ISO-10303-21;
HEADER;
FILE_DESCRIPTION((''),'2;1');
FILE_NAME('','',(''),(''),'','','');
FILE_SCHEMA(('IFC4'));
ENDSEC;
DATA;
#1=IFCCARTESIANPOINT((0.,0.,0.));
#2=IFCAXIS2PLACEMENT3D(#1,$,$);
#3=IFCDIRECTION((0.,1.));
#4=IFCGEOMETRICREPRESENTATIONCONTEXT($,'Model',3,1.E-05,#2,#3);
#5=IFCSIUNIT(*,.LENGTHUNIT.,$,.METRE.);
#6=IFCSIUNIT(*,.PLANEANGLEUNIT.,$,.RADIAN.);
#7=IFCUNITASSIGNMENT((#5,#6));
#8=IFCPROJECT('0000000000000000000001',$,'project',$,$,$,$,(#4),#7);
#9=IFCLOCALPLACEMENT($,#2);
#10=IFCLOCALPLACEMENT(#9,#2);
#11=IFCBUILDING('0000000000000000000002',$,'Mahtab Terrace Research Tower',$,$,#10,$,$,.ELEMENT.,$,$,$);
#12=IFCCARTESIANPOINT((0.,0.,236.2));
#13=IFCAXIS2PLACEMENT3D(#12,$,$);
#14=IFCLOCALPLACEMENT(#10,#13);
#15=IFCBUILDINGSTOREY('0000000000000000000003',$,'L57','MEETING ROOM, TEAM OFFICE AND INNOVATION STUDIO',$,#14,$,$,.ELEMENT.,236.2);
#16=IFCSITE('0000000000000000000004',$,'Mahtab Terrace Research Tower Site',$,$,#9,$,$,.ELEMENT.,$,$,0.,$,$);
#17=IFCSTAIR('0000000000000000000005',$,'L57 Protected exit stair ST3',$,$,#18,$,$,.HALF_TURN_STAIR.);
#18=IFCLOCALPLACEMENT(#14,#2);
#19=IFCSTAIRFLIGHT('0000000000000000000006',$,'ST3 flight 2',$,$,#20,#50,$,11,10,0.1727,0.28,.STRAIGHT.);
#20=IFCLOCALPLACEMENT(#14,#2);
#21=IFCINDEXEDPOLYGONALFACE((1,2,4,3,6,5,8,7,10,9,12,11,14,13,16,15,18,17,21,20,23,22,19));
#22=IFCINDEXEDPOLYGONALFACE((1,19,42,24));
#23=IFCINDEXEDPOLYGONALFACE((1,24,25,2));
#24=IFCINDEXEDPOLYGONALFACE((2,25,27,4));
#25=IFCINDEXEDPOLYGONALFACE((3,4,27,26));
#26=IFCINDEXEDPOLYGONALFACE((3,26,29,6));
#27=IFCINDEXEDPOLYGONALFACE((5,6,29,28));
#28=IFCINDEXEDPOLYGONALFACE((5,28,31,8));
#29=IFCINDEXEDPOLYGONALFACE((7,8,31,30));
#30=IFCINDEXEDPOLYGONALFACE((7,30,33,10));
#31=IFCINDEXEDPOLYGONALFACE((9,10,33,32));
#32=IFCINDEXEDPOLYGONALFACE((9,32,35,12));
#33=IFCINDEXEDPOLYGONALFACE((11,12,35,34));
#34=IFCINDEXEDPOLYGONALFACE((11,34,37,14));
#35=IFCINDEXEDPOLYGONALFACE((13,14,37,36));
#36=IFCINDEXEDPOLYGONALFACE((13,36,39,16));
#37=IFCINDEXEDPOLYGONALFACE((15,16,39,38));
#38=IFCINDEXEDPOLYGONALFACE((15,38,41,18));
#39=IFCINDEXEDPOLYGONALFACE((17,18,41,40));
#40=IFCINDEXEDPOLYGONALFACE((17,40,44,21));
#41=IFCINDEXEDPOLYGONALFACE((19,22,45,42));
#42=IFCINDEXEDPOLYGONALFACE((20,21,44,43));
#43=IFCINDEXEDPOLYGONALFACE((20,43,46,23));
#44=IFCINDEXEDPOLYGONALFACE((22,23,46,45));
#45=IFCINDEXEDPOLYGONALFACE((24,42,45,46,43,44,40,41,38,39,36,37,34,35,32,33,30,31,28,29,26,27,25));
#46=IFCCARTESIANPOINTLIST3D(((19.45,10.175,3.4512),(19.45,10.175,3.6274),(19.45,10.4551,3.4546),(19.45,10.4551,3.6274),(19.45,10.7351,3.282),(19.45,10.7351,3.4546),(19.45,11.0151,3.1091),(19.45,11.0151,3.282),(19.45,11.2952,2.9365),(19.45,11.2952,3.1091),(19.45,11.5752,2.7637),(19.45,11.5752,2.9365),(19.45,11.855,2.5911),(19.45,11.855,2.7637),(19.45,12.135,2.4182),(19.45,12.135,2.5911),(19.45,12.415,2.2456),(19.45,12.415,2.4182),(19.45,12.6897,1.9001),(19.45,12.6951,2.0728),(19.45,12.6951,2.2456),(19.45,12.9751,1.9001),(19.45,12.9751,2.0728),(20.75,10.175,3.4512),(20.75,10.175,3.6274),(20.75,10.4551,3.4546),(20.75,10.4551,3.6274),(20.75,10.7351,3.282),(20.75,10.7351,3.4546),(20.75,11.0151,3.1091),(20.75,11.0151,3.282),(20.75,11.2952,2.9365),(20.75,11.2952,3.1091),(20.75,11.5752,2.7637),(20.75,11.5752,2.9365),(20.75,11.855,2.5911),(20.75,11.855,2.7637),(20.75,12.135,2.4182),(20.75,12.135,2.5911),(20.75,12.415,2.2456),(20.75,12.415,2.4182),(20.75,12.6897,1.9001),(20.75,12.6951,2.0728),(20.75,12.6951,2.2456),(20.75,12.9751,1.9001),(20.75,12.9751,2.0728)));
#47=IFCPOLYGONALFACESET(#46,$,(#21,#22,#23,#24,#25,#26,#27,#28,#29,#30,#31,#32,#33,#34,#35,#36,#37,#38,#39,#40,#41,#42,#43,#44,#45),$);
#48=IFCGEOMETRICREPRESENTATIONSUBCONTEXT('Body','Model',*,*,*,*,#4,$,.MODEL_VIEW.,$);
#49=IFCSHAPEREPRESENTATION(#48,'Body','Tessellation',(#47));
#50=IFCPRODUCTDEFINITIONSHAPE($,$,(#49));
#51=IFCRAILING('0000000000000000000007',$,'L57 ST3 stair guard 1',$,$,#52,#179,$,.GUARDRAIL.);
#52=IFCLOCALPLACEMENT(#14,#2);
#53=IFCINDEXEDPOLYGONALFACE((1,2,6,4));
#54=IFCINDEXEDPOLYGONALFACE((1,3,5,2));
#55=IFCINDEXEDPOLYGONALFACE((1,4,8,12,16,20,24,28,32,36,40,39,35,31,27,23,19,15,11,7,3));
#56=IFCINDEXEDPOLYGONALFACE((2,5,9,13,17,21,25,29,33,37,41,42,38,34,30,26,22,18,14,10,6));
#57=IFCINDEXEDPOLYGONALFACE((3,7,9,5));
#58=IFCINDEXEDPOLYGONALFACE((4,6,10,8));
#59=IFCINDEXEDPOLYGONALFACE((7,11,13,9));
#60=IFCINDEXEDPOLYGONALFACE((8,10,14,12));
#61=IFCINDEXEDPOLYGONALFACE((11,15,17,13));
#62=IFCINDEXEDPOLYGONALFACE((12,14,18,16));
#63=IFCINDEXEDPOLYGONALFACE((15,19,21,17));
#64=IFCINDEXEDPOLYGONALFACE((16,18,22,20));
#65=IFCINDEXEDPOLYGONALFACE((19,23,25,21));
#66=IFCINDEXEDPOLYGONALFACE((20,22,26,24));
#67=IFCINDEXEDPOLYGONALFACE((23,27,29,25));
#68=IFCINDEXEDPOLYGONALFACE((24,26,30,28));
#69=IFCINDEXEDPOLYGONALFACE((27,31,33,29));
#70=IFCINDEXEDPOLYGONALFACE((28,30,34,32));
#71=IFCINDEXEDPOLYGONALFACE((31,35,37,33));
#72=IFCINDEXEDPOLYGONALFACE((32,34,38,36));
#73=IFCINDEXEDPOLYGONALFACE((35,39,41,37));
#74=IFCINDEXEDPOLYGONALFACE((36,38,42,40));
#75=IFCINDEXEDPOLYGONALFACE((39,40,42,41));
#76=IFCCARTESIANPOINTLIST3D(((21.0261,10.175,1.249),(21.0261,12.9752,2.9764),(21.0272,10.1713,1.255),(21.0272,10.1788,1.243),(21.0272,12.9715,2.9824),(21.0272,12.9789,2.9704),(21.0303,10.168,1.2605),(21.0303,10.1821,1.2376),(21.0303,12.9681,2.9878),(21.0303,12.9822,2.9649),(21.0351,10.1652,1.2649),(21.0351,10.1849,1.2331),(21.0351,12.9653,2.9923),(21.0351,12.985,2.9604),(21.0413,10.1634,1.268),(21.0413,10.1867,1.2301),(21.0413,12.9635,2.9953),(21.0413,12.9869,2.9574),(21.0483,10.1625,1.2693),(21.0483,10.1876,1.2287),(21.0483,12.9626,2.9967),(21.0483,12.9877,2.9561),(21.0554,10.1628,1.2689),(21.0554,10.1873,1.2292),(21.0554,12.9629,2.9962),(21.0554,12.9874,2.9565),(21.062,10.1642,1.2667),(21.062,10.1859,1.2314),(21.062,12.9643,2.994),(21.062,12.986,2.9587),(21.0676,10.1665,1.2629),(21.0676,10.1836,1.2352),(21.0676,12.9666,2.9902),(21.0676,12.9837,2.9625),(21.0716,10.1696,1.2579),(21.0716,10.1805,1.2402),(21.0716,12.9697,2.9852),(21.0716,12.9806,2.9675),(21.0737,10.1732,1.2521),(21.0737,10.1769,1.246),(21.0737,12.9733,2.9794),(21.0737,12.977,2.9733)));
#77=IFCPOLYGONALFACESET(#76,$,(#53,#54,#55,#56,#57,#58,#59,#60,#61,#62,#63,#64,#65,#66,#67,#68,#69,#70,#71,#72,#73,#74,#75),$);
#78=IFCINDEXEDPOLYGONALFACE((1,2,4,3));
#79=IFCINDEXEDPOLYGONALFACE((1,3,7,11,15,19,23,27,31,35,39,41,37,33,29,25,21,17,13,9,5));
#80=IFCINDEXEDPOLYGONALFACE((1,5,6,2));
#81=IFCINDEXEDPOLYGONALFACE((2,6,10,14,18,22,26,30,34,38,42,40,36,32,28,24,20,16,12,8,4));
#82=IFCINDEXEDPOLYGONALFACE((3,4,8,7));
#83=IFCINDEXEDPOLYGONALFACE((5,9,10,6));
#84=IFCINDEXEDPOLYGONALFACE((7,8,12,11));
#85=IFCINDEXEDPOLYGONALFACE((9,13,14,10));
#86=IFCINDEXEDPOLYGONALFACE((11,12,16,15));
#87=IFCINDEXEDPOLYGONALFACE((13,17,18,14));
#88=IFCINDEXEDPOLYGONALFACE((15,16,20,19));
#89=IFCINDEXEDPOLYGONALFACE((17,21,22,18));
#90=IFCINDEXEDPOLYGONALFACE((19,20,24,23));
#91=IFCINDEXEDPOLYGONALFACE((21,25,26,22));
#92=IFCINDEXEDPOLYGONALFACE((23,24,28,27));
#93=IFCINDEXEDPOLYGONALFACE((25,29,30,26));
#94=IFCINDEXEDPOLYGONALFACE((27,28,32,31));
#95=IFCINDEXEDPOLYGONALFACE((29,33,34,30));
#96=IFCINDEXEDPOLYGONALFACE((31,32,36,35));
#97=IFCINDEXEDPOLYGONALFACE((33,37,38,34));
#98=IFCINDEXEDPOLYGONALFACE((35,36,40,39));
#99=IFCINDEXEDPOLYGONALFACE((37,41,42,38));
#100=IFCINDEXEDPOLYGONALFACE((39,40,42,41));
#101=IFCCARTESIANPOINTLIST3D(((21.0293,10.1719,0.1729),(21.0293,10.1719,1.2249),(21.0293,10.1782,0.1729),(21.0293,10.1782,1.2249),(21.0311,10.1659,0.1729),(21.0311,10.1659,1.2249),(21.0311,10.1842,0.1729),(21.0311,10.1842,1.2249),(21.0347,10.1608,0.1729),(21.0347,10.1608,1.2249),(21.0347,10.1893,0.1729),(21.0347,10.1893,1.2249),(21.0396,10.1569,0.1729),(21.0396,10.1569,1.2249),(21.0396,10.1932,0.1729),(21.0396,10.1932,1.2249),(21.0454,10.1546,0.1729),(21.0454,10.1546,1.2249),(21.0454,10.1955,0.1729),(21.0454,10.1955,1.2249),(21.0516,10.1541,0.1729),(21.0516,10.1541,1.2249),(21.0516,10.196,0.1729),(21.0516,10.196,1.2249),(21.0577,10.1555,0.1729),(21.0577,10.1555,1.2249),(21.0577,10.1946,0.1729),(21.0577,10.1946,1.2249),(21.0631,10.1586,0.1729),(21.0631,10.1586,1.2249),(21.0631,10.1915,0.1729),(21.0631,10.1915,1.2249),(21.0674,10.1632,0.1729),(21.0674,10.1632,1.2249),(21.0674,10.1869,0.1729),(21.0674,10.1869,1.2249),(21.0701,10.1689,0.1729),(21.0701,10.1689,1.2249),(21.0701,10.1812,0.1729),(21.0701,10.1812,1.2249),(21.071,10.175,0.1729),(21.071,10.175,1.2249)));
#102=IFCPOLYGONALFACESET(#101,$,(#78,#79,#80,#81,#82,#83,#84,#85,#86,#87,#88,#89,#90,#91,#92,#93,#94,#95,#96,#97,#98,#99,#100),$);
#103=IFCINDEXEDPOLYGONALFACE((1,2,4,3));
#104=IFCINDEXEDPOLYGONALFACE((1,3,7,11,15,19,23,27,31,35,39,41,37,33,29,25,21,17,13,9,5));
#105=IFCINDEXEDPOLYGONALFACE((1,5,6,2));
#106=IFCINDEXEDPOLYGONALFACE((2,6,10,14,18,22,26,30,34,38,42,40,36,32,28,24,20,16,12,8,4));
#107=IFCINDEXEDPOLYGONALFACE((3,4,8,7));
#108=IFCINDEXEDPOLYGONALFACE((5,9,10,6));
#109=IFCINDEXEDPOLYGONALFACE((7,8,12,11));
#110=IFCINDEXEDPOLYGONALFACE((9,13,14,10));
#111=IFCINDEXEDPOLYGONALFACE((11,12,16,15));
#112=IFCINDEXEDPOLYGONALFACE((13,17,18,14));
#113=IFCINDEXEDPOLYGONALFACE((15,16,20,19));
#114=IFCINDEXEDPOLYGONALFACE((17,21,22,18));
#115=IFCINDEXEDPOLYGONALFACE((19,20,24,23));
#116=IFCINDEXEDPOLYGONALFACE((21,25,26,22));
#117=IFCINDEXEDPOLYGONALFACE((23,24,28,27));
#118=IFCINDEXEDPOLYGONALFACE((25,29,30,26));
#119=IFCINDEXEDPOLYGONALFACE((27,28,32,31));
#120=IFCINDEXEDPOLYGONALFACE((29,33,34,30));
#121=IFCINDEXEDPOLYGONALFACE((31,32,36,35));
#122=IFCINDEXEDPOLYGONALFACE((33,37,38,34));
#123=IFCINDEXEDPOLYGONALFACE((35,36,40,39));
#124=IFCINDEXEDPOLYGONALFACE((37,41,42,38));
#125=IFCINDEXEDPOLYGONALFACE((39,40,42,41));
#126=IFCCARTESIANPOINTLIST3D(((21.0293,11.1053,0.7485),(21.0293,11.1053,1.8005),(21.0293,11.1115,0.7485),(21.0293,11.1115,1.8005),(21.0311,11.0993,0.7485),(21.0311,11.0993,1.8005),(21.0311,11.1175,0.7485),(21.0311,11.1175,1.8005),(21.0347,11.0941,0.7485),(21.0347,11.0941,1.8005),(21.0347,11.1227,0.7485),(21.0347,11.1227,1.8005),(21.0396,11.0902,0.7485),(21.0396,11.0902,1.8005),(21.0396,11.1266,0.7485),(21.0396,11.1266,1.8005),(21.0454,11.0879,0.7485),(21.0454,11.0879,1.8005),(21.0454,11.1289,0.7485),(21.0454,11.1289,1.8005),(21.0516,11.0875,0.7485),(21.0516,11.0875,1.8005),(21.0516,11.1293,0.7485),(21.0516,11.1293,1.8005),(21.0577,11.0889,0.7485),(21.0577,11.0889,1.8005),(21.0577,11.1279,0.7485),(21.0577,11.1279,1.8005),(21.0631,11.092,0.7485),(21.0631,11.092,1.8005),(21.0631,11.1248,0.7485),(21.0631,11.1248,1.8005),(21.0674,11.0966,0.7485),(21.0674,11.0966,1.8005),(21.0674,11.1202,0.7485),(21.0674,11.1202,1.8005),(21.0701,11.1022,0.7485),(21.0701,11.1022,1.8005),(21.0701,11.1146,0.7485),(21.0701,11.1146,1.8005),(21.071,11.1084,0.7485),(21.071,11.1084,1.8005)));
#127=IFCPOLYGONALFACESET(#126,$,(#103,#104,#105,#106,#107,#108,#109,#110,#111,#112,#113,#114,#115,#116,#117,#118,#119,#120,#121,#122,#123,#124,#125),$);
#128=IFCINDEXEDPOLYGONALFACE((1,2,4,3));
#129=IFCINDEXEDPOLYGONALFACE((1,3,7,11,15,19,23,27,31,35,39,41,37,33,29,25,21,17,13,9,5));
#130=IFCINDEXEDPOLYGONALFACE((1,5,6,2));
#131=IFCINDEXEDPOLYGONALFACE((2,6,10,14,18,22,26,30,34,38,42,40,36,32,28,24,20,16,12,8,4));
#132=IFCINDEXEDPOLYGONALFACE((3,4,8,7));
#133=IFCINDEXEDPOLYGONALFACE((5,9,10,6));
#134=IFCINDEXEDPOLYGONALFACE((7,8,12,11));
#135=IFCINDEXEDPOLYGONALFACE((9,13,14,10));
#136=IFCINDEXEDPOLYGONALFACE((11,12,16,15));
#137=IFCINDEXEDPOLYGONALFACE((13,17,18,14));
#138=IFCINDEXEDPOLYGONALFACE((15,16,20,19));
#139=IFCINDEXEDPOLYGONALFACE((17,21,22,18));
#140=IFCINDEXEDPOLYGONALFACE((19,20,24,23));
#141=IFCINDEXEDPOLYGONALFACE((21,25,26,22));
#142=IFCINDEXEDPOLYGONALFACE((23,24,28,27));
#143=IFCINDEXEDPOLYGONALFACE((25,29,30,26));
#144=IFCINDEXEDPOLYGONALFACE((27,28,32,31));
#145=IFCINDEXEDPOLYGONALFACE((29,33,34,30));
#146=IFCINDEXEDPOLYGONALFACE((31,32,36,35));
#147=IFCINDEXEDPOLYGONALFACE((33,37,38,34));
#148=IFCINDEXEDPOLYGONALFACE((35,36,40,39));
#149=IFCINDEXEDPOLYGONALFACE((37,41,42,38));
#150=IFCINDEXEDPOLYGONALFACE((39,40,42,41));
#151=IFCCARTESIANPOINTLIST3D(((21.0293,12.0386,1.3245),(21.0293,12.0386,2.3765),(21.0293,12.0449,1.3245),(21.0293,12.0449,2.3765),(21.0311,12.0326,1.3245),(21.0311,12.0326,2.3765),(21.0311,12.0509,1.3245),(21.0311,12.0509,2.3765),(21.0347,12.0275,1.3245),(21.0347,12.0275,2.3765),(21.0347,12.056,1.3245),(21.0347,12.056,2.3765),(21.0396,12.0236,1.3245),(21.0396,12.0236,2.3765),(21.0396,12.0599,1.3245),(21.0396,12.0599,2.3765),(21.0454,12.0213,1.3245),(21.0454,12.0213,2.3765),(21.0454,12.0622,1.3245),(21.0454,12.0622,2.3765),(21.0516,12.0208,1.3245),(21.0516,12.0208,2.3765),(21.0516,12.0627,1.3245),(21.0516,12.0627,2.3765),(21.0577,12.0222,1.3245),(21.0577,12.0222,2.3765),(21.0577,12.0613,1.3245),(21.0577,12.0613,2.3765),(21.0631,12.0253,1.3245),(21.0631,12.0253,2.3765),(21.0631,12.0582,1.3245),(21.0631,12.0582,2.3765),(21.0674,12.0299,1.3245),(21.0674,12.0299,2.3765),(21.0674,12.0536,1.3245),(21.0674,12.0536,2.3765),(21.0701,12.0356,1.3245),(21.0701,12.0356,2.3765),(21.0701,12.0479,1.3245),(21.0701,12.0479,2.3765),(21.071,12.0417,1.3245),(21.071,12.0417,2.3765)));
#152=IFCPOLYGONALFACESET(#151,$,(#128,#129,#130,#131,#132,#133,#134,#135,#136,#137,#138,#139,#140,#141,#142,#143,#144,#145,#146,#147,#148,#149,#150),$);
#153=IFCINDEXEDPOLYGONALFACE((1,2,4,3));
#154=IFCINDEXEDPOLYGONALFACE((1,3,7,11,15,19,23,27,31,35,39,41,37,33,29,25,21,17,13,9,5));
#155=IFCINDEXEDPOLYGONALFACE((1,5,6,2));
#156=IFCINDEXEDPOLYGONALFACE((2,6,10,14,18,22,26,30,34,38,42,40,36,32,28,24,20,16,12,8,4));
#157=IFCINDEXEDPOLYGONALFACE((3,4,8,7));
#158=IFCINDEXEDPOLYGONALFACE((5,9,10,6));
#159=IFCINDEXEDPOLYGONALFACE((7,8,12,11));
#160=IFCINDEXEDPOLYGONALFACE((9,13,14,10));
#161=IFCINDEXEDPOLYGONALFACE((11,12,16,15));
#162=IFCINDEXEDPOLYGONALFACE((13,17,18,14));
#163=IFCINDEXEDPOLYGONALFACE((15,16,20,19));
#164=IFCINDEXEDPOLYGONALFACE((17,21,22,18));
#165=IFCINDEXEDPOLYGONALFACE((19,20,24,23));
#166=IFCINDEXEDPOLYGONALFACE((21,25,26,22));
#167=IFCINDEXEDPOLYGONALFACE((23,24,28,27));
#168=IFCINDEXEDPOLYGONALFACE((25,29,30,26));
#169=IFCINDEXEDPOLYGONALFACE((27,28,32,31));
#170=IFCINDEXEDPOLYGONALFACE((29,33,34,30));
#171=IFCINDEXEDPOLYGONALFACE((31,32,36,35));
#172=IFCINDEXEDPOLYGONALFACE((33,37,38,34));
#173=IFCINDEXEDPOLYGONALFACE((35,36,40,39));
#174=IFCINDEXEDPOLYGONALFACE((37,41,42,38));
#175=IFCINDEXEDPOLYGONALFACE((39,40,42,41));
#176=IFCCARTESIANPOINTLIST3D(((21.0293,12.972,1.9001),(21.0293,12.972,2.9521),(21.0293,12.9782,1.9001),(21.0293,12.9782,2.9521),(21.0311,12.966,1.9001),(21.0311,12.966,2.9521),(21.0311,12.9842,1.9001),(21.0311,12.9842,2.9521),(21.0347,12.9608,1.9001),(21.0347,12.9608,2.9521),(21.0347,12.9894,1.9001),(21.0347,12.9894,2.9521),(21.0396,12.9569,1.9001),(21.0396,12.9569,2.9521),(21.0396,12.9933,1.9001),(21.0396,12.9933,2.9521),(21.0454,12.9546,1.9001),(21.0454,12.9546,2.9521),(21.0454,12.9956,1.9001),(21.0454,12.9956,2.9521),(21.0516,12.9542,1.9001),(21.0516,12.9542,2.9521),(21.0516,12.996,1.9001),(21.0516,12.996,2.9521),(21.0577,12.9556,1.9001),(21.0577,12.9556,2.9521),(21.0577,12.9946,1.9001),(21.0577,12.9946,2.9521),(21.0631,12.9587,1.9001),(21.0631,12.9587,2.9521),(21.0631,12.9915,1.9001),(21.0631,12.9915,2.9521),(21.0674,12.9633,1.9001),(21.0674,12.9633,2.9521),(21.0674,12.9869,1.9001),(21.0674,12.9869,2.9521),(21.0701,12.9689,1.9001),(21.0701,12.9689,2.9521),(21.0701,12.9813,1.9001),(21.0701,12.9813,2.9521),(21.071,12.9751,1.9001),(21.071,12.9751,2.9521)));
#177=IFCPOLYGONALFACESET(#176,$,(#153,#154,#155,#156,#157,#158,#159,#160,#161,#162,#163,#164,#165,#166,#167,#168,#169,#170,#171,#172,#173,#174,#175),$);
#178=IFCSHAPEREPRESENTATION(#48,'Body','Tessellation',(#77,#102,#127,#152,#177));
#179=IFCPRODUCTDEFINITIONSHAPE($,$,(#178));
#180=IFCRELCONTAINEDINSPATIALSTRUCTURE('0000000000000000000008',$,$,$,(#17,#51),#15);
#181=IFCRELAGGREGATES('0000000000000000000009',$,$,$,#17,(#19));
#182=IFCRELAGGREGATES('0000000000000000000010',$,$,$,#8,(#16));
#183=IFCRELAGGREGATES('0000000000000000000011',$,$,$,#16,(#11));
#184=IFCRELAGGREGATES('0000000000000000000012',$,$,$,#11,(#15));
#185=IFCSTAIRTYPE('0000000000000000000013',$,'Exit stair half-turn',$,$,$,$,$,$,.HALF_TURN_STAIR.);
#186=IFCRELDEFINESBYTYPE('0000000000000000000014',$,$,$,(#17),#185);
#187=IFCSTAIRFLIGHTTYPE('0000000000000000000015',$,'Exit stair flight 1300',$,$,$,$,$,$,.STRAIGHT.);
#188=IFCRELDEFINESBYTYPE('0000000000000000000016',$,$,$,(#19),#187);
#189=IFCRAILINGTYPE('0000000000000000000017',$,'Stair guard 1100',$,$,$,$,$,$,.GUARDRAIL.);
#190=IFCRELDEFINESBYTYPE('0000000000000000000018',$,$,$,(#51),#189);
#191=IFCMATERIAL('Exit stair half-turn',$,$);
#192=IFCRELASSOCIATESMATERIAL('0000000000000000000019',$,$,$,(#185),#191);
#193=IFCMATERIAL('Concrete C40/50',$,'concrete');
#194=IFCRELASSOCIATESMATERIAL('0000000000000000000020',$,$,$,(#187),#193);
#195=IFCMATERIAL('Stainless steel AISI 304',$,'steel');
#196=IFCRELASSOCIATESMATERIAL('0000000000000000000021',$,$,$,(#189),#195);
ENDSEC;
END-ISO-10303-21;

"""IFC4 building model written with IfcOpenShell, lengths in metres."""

from ifc_helpers import new_model, si_unit, direction, frame, origin, origin_2d, place, context, subcontext, project, spatial, polyline, circle, outline, extrude, material, type_object, element, aggregate, save


model = new_model("IFC4")

# Units and contexts
model_context = context("Model", 3, precision=1e-05, world=origin(), true_north=direction((0.0, 1.0)))
body_context = subcontext(model_context, "Body", "Model", "MODEL_VIEW")
ifc_project = project(units=[si_unit("LENGTHUNIT", "METRE"), si_unit("PLANEANGLEUNIT", "RADIAN")], contexts=[model_context])

# Site, building, storey
site_placement = place(None, origin())
site = spatial("IfcSite", under=ifc_project, at=site_placement, Name="Mahtab Terrace Research Tower Site", CompositionType="ELEMENT", RefElevation=0.0)
building_placement = place(site_placement, origin())
building = spatial("IfcBuilding", under=site, at=building_placement, Name="Mahtab Terrace Research Tower", CompositionType="ELEMENT")
storey_placement = place(building_placement, frame((0.0, 0.0, 236.2)))
storey = spatial("IfcBuildingStorey", under=building, at=storey_placement, Name="L57", Description="MEETING ROOM, TEAM OFFICE AND INNOVATION STUDIO", CompositionType="ELEMENT", Elevation=236.2)

# Shared definitions
ifc_material_1 = material(Name="Stainless steel AISI 304", Category="steel")

# Stair, stair flight
ifc_material_2 = material(Name="Exit stair half-turn")
stair_type = type_object("IfcStairType", Name="Exit stair half-turn", PredefinedType="HALF_TURN_STAIR", material=ifc_material_2)
stair_placement = place(storey_placement, origin())
stair = element("IfcStair", 1, at=stair_placement, inside=storey, type_object=stair_type, Name="L57 Protected exit stair ST3", PredefinedType="HALF_TURN_STAIR")
ifc_material_3 = material(Name="Concrete C40/50", Category="concrete")
stair_flight_type = type_object("IfcStairFlightType", Name="Exit stair flight 1300", PredefinedType="STRAIGHT", material=ifc_material_3)
stair_flight_1_placement = place(storey_placement, frame((20.1001, 12.9751, 1.9001), z_axis=(0.0, 0.0, 1.0), x_axis=(0.0, -1.0, 0.0)))
stair_flight_1 = element("IfcStairFlight", 2, at=stair_flight_1_placement, type_object=stair_flight_type, Name="ST3 flight 2", NumberOfRisers=11, NumberOfTreads=10, PredefinedType="STRAIGHT", RiserHeight=0.1727, TreadLength=0.28, context=body_context, shape_type="SweptSolid", body=[
    extrude(outline(polyline([(0.0, 0.0), (0.0, 0.1726), (0.28, 0.1726), (0.28, 0.3455), (0.5601, 0.3455), (0.5601, 0.5181), (0.8401, 0.5181), (0.8401, 0.6909), (1.1201, 0.6909), (1.1201, 0.8635), (1.3999, 0.8635), (1.3999, 1.0364), (1.6799, 1.0364), (1.6799, 1.209), (1.96, 1.209), (1.96, 1.3818), (2.24, 1.3818), (2.24, 1.5544), (2.52, 1.5544), (2.52, 1.7273), (2.8, 1.7273), (2.8, 1.8999), (2.8, 1.551), (0.2854, 0.0), (0.0, 0.0)])), frame((0.0, 0.6499, 0.0), z_axis=(0.0, -1.0, 0.0), x_axis=(1.0, 0.0, 0.0)), (0.0, 0.0, 1.0), 1.3),
])
aggregate(stair, [stair_flight_1])

# Railing
railing_type_1 = type_object("IfcRailingType", Name="Stair guard 1100", PredefinedType="GUARDRAIL", material=ifc_material_1)
railing_1_placement = place(storey_placement, frame((21.05, 10.175, 0.1729)))
element("IfcRailing", 3, at=railing_1_placement, inside=storey, type_object=railing_type_1, Name="L57 ST3 stair guard 1", PredefinedType="GUARDRAIL", context=body_context, shape_type="SweptSolid", body=[
    extrude(circle(Radius=0.0239, at=origin_2d()), frame((0.0, 0.0, 1.0762), z_axis=(0.0, 0.85109, 0.52502), x_axis=(-1.0, 0.0, 0.0)), (0.0, 0.0, 1.0), 3.29),
    extrude(circle(Radius=0.021, at=origin_2d()), origin(), (0.0, 0.0, 1.0), 1.052),
    extrude(circle(Radius=0.021, at=origin_2d()), frame((0.0, 0.9333, 0.5757)), (0.0, 0.0, 1.0), 1.052),
    extrude(circle(Radius=0.021, at=origin_2d()), frame((0.0, 1.8667, 1.1516)), (0.0, 0.0, 1.0), 1.052),
    extrude(circle(Radius=0.021, at=origin_2d()), frame((0.0, 2.8, 1.7273)), (0.0, 0.0, 1.0), 1.052),
])

save(model, "model.ifc")
